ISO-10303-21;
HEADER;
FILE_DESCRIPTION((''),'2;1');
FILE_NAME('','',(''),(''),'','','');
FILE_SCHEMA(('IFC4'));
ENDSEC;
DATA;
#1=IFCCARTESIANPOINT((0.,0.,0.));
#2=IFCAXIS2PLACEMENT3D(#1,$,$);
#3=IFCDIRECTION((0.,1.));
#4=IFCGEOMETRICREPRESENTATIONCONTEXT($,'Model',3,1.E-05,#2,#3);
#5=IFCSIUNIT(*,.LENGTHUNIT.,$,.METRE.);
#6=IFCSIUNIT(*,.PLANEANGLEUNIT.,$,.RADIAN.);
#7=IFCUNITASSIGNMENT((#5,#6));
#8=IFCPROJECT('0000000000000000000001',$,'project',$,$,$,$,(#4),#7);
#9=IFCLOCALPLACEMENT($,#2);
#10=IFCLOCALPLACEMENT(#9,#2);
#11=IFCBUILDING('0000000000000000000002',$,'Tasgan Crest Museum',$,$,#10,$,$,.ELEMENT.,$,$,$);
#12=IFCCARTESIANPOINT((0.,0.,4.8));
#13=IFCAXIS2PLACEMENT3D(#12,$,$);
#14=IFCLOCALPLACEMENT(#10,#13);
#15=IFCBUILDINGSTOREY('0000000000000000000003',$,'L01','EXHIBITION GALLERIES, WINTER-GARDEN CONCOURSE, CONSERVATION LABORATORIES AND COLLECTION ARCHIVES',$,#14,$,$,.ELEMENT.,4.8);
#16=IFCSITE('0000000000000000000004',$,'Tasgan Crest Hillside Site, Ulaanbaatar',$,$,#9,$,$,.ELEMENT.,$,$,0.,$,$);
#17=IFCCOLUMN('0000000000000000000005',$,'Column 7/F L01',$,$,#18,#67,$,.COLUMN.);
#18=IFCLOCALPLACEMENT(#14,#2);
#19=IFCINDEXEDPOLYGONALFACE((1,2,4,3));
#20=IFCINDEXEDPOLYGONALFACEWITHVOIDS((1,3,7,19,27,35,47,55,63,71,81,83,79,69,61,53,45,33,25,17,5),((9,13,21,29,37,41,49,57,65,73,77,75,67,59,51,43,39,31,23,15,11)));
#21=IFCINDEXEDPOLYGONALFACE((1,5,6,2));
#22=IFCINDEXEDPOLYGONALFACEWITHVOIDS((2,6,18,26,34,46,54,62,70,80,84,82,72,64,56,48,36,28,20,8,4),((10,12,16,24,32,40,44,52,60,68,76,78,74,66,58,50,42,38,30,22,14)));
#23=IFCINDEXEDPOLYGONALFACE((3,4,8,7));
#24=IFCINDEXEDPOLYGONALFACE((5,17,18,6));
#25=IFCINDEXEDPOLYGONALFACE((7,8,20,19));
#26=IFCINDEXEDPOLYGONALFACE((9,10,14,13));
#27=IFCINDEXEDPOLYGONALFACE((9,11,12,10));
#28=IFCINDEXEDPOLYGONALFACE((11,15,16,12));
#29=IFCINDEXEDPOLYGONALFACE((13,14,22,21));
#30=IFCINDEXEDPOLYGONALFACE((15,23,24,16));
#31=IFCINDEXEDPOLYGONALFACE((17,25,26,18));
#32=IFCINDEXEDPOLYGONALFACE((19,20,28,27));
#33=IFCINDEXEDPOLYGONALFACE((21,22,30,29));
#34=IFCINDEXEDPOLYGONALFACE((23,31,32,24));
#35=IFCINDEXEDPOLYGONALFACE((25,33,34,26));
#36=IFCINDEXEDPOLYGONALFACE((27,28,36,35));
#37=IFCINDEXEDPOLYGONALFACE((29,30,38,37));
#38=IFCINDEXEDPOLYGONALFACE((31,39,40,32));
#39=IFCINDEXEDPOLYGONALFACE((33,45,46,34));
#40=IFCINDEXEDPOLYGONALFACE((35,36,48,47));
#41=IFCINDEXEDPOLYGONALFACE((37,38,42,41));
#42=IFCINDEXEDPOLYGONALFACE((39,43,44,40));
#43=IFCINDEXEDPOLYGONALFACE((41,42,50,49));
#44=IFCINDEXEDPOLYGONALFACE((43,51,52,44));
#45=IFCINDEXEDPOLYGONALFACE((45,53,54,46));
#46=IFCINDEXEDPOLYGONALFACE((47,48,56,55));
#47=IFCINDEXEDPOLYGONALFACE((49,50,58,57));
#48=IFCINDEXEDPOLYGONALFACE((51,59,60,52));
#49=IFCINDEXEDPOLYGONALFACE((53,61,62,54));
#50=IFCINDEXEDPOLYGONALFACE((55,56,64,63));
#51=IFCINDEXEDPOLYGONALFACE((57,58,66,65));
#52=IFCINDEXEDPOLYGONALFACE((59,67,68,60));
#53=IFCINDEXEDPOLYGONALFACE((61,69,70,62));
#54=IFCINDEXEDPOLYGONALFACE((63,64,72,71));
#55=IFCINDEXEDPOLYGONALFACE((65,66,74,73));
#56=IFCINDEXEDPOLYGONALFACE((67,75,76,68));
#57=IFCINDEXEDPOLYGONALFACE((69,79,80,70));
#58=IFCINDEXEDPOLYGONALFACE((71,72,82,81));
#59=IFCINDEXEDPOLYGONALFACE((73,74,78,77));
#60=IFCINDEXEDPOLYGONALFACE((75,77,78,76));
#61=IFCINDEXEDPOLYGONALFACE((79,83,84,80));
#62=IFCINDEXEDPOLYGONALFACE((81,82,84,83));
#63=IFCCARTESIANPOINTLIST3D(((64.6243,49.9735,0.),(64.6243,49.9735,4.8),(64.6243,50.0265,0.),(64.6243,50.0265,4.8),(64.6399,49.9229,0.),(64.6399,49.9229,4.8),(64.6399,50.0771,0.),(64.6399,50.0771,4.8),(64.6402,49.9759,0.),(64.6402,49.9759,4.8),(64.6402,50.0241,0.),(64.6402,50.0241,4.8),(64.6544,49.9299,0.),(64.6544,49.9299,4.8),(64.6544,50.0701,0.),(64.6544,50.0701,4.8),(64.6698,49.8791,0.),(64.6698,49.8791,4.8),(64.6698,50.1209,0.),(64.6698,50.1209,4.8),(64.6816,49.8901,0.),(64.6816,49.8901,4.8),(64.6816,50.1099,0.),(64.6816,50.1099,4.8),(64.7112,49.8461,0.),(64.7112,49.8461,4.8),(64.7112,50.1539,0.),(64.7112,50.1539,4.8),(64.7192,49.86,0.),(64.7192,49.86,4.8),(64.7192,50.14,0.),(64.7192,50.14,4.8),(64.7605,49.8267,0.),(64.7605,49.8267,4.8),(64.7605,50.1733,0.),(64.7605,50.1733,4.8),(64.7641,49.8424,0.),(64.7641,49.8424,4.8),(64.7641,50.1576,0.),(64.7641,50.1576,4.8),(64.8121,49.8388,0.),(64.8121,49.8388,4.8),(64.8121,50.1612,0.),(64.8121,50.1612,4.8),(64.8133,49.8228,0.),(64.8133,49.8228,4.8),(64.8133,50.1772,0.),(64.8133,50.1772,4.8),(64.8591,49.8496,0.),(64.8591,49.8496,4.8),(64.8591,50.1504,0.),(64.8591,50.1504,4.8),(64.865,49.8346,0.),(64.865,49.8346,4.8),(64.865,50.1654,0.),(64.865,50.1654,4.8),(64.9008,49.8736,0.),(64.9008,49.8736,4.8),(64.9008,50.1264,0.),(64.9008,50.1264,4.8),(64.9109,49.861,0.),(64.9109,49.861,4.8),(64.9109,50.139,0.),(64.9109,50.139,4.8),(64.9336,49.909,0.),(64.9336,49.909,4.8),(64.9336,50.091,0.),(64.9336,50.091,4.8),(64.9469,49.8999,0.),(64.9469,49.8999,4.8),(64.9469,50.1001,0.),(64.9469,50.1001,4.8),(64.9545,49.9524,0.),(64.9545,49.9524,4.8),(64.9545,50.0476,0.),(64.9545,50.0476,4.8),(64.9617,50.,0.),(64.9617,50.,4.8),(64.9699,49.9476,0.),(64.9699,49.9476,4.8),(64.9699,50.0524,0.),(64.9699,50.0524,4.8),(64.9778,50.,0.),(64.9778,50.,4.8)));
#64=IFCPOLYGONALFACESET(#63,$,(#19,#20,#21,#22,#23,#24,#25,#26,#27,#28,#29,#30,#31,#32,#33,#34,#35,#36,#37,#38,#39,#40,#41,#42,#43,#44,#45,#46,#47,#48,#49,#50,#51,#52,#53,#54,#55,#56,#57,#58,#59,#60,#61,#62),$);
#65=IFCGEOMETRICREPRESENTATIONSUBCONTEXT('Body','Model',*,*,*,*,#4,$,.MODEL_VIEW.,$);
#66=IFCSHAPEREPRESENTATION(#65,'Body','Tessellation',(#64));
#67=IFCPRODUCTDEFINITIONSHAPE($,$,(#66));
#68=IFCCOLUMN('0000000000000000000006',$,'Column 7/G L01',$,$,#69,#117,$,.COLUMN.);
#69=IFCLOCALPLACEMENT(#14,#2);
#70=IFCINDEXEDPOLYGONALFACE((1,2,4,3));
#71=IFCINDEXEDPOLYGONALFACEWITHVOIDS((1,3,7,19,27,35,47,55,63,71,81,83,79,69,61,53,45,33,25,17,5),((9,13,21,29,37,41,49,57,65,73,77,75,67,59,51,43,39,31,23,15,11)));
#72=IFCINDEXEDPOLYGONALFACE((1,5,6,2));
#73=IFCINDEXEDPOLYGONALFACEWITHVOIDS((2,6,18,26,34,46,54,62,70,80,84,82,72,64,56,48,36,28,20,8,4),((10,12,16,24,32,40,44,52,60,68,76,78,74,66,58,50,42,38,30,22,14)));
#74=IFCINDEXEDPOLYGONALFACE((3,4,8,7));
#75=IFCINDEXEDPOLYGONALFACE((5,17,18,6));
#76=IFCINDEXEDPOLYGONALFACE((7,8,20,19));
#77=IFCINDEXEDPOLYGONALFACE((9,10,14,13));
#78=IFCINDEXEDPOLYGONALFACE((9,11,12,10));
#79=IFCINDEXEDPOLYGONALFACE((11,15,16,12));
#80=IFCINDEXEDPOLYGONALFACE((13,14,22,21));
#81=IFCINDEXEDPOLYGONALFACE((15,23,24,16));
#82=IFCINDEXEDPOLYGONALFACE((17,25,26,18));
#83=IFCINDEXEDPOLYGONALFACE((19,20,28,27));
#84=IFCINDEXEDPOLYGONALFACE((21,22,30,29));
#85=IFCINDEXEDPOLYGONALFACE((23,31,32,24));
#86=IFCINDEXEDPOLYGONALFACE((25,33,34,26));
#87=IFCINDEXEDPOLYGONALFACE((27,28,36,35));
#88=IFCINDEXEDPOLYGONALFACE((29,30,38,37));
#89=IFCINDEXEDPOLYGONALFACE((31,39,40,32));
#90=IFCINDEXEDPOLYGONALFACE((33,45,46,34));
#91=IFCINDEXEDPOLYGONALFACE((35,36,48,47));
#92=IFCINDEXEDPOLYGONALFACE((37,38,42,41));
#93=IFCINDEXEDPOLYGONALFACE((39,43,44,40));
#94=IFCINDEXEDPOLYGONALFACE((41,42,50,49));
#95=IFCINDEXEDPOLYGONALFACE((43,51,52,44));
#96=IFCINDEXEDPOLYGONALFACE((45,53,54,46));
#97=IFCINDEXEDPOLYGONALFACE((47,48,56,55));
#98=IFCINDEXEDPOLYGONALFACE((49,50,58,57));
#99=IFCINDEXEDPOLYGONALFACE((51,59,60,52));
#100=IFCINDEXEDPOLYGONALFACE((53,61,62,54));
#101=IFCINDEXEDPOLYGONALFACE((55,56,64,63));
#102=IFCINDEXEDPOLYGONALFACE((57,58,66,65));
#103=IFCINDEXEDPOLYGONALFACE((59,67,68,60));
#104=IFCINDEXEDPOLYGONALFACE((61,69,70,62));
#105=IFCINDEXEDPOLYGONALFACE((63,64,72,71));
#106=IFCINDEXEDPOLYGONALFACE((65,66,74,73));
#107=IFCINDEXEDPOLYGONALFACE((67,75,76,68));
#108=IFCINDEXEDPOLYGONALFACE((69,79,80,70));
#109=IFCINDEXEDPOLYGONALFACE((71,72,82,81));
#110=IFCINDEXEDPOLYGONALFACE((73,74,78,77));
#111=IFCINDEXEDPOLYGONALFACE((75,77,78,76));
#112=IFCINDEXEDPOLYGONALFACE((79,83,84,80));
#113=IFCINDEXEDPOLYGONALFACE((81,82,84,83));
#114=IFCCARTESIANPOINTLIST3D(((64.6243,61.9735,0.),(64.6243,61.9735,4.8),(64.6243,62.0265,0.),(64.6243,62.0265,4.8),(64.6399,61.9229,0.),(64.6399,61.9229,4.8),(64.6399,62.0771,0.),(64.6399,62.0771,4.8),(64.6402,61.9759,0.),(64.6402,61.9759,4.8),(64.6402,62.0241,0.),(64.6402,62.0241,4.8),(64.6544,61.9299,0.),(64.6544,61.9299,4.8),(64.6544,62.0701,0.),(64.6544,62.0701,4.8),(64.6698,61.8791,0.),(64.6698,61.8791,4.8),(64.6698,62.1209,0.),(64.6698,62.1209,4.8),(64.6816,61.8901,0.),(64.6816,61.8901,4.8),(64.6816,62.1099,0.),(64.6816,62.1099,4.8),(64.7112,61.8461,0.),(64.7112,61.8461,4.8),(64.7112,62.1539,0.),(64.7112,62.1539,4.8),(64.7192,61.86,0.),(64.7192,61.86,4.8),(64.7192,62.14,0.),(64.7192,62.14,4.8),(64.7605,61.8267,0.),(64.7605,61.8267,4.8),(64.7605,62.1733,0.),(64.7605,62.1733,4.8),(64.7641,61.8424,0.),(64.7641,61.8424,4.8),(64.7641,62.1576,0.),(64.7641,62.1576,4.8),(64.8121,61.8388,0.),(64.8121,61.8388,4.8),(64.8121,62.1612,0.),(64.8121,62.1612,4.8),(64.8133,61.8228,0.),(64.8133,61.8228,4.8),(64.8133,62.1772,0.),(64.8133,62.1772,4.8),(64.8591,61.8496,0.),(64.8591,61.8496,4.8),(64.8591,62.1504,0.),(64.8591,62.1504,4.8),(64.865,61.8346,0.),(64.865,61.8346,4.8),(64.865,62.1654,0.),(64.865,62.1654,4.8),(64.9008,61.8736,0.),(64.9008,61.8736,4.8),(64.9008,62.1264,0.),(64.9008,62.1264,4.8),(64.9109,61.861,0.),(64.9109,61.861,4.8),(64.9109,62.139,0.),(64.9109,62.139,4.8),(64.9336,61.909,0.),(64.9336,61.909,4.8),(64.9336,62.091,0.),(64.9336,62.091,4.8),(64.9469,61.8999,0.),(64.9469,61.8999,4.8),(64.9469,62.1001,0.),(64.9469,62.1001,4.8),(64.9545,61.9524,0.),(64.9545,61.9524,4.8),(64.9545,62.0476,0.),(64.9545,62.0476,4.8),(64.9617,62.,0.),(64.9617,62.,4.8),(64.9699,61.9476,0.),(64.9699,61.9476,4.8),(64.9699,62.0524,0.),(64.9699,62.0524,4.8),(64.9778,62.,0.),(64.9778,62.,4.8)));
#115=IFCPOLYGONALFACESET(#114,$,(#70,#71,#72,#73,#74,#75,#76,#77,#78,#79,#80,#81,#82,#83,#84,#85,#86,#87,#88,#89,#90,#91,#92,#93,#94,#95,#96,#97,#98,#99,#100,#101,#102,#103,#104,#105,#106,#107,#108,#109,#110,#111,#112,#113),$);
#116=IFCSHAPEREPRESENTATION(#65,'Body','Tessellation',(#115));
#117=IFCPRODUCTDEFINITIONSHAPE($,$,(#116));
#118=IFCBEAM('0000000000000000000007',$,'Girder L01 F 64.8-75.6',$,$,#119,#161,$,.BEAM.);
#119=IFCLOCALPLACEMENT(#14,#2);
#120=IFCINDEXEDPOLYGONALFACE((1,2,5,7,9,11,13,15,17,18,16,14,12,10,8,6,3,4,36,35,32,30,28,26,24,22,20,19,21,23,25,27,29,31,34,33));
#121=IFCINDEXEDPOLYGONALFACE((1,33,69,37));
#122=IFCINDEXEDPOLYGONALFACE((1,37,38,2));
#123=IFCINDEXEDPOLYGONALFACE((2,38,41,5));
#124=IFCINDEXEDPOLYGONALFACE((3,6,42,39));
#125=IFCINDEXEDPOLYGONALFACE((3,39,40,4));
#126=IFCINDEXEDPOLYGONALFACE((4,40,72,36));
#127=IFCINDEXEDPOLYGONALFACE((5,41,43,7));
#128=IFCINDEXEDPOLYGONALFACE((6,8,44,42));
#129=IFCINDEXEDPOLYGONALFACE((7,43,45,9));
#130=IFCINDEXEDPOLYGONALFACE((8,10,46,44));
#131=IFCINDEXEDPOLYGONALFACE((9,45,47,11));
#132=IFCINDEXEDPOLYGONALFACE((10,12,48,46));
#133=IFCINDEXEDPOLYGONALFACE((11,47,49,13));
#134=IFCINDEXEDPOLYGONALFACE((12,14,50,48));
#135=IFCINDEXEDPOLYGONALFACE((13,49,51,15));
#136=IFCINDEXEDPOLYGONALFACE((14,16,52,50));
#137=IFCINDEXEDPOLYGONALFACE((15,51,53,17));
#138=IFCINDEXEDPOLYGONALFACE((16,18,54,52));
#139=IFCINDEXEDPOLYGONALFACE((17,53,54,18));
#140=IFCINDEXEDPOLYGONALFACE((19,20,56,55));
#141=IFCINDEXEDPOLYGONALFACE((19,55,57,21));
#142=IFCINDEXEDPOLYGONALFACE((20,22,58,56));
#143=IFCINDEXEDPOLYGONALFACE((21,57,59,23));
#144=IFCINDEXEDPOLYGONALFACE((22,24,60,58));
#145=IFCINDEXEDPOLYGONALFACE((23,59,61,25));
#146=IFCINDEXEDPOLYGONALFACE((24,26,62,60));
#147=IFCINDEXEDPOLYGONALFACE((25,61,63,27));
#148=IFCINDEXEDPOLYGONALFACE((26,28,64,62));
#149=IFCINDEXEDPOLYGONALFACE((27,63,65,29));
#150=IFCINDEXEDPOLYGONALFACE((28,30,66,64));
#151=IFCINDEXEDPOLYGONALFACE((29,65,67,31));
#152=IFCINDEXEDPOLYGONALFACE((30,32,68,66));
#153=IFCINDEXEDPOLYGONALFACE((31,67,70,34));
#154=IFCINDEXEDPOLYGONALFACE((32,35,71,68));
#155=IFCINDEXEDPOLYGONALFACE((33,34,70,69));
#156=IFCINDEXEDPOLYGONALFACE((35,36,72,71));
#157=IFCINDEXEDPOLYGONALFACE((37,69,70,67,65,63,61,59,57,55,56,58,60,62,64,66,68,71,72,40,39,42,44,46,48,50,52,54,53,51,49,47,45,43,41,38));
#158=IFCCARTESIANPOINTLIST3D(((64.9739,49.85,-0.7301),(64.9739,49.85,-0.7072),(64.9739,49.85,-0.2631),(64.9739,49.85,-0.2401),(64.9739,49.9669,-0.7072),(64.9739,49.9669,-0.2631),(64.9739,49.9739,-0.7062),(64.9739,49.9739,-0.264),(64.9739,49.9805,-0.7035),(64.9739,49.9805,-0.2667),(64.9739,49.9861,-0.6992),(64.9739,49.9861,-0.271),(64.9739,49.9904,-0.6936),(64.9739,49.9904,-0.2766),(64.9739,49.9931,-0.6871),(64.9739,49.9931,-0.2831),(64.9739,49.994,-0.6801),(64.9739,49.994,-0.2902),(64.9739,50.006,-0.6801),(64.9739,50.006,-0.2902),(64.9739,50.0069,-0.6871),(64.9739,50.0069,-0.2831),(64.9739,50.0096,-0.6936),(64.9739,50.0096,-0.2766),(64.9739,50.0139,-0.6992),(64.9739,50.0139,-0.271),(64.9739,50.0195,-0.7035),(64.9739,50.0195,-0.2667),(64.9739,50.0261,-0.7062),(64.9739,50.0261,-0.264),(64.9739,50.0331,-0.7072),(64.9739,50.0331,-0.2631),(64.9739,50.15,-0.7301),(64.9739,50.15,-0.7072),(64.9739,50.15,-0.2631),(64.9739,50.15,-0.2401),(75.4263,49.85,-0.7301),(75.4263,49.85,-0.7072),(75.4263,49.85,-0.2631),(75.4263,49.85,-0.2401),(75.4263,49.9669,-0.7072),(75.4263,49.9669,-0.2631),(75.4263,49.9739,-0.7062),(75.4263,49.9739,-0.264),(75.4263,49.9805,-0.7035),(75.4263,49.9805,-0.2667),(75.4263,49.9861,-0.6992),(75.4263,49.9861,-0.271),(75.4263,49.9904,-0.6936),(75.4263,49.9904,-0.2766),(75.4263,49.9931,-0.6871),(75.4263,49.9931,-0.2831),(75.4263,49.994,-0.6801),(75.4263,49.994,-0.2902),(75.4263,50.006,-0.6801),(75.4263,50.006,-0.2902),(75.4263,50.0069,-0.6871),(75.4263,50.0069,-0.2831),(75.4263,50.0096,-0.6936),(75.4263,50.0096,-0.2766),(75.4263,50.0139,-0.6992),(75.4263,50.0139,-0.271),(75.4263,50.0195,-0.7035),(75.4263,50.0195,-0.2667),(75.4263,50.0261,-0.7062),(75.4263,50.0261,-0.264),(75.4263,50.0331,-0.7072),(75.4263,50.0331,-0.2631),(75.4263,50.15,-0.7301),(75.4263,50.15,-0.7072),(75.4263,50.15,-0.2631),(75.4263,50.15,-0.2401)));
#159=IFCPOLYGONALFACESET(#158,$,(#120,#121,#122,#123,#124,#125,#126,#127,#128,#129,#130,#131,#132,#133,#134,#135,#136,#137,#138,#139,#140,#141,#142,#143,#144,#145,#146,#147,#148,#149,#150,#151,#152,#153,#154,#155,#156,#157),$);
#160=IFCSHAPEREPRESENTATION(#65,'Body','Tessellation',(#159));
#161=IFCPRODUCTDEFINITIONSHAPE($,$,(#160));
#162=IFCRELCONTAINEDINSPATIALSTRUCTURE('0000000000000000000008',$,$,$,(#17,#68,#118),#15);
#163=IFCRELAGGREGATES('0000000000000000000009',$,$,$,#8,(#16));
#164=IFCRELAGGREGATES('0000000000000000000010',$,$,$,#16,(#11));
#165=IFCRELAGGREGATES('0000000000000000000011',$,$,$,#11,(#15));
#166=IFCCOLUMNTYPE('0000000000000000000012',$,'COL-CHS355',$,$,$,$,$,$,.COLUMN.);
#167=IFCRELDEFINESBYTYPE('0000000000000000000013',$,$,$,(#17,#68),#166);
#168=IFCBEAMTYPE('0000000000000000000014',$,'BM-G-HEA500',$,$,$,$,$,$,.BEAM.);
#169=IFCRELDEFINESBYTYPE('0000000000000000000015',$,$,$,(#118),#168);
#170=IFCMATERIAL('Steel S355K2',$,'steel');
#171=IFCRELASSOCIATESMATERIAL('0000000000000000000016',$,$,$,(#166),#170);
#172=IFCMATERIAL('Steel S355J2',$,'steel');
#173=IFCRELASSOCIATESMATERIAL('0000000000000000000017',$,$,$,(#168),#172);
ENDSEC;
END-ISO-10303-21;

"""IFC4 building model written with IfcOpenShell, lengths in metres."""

from ifc_helpers import new_model, si_unit, direction, frame, origin, origin_2d, place, context, subcontext, project, spatial, hollow_circle, i_section, extrude, material, material_profile, profile_set, type_object, element, save


model = new_model("IFC4")

# Units and contexts
model_context = context("Model", 3, precision=1e-05, world=origin(), true_north=direction((0.0, 1.0)))
body_context = subcontext(model_context, "Body", "Model", "MODEL_VIEW")
ifc_project = project(units=[si_unit("LENGTHUNIT", "METRE"), si_unit("PLANEANGLEUNIT", "RADIAN")], contexts=[model_context])

# Site, building, storey
site_placement = place(None, origin())
site = spatial("IfcSite", under=ifc_project, at=site_placement, Name="Tasgan Crest Hillside Site, Ulaanbaatar", CompositionType="ELEMENT", RefElevation=0.0)
building_placement = place(site_placement, origin())
building = spatial("IfcBuilding", under=site, at=building_placement, Name="Tasgan Crest Museum", CompositionType="ELEMENT")
storey_placement = place(building_placement, frame((0.0, 0.0, 4.8)))
storey = spatial("IfcBuildingStorey", under=building, at=storey_placement, Name="L01", Description="EXHIBITION GALLERIES, WINTER-GARDEN CONCOURSE, CONSERVATION LABORATORIES AND COLLECTION ARCHIVES", CompositionType="ELEMENT", Elevation=4.8)

# Columns
ifc_material_1 = material(Name="Steel S355K2", Category="steel")
ifc_material_profile_1 = material_profile(ifc_material_1, hollow_circle(Radius=0.1777, WallThickness=0.0161, at=origin_2d()), Name="CHS 355.6x16")
ifc_profile_set_1 = profile_set([ifc_material_profile_1], Name="Steel S355K2")
column_type = type_object("IfcColumnType", Name="COL-CHS355", PredefinedType="COLUMN", material=ifc_profile_set_1)
for number, where, z_axis, x_axis, name in (
    (1, (64.8, 50.0, 0.0), (0.0, 0.0, 1.0), (1.0, 0.0, 0.0), "Column 7/F L01"),
    (2, (64.8, 62.0, 0.0), (0.0, 0.0, 1.0), (1.0, 0.0, 0.0), "Column 7/G L01"),
):
    element("IfcColumn", number, at=place(storey_placement, frame(where, z_axis=z_axis, x_axis=x_axis)), inside=storey, type_object=column_type, Name=name, PredefinedType="COLUMN", context=body_context, shape_type="SweptSolid", body=[
        extrude(hollow_circle(Radius=0.1777, WallThickness=0.0161, at=origin_2d()), origin(), (0.0, 0.0, 1.0), 4.8),
    ])

# Beam
ifc_material_2 = material(Name="Steel S355J2", Category="steel")
ifc_material_profile_2 = material_profile(ifc_material_2, i_section(OverallWidth=0.3, OverallDepth=0.49, WebThickness=0.012, FlangeThickness=0.0229, FilletRadius=0.0271, at=origin_2d()), Name="HEA 500")
ifc_profile_set_2 = profile_set([ifc_material_profile_2], Name="Steel S355J2")
beam_type_1 = type_object("IfcBeamType", Name="BM-G-HEA500", PredefinedType="BEAM", material=ifc_profile_set_2)
beam_1_placement = place(storey_placement, frame((64.9739, 50.0, -0.4851), z_axis=(1.0, 0.0, 0.0), x_axis=(0.0, 1.0, 0.0)))
element("IfcBeam", 3, at=beam_1_placement, inside=storey, type_object=beam_type_1, Name="Girder L01 F 64.8-75.6", PredefinedType="BEAM", context=body_context, shape_type="SweptSolid", body=[
    extrude(i_section(OverallWidth=0.3, OverallDepth=0.49, WebThickness=0.012, FlangeThickness=0.0229, FilletRadius=0.0271, at=origin_2d()), origin(), (0.0, 0.0, 1.0), 10.4524),
])

save(model, "model.ifc")
